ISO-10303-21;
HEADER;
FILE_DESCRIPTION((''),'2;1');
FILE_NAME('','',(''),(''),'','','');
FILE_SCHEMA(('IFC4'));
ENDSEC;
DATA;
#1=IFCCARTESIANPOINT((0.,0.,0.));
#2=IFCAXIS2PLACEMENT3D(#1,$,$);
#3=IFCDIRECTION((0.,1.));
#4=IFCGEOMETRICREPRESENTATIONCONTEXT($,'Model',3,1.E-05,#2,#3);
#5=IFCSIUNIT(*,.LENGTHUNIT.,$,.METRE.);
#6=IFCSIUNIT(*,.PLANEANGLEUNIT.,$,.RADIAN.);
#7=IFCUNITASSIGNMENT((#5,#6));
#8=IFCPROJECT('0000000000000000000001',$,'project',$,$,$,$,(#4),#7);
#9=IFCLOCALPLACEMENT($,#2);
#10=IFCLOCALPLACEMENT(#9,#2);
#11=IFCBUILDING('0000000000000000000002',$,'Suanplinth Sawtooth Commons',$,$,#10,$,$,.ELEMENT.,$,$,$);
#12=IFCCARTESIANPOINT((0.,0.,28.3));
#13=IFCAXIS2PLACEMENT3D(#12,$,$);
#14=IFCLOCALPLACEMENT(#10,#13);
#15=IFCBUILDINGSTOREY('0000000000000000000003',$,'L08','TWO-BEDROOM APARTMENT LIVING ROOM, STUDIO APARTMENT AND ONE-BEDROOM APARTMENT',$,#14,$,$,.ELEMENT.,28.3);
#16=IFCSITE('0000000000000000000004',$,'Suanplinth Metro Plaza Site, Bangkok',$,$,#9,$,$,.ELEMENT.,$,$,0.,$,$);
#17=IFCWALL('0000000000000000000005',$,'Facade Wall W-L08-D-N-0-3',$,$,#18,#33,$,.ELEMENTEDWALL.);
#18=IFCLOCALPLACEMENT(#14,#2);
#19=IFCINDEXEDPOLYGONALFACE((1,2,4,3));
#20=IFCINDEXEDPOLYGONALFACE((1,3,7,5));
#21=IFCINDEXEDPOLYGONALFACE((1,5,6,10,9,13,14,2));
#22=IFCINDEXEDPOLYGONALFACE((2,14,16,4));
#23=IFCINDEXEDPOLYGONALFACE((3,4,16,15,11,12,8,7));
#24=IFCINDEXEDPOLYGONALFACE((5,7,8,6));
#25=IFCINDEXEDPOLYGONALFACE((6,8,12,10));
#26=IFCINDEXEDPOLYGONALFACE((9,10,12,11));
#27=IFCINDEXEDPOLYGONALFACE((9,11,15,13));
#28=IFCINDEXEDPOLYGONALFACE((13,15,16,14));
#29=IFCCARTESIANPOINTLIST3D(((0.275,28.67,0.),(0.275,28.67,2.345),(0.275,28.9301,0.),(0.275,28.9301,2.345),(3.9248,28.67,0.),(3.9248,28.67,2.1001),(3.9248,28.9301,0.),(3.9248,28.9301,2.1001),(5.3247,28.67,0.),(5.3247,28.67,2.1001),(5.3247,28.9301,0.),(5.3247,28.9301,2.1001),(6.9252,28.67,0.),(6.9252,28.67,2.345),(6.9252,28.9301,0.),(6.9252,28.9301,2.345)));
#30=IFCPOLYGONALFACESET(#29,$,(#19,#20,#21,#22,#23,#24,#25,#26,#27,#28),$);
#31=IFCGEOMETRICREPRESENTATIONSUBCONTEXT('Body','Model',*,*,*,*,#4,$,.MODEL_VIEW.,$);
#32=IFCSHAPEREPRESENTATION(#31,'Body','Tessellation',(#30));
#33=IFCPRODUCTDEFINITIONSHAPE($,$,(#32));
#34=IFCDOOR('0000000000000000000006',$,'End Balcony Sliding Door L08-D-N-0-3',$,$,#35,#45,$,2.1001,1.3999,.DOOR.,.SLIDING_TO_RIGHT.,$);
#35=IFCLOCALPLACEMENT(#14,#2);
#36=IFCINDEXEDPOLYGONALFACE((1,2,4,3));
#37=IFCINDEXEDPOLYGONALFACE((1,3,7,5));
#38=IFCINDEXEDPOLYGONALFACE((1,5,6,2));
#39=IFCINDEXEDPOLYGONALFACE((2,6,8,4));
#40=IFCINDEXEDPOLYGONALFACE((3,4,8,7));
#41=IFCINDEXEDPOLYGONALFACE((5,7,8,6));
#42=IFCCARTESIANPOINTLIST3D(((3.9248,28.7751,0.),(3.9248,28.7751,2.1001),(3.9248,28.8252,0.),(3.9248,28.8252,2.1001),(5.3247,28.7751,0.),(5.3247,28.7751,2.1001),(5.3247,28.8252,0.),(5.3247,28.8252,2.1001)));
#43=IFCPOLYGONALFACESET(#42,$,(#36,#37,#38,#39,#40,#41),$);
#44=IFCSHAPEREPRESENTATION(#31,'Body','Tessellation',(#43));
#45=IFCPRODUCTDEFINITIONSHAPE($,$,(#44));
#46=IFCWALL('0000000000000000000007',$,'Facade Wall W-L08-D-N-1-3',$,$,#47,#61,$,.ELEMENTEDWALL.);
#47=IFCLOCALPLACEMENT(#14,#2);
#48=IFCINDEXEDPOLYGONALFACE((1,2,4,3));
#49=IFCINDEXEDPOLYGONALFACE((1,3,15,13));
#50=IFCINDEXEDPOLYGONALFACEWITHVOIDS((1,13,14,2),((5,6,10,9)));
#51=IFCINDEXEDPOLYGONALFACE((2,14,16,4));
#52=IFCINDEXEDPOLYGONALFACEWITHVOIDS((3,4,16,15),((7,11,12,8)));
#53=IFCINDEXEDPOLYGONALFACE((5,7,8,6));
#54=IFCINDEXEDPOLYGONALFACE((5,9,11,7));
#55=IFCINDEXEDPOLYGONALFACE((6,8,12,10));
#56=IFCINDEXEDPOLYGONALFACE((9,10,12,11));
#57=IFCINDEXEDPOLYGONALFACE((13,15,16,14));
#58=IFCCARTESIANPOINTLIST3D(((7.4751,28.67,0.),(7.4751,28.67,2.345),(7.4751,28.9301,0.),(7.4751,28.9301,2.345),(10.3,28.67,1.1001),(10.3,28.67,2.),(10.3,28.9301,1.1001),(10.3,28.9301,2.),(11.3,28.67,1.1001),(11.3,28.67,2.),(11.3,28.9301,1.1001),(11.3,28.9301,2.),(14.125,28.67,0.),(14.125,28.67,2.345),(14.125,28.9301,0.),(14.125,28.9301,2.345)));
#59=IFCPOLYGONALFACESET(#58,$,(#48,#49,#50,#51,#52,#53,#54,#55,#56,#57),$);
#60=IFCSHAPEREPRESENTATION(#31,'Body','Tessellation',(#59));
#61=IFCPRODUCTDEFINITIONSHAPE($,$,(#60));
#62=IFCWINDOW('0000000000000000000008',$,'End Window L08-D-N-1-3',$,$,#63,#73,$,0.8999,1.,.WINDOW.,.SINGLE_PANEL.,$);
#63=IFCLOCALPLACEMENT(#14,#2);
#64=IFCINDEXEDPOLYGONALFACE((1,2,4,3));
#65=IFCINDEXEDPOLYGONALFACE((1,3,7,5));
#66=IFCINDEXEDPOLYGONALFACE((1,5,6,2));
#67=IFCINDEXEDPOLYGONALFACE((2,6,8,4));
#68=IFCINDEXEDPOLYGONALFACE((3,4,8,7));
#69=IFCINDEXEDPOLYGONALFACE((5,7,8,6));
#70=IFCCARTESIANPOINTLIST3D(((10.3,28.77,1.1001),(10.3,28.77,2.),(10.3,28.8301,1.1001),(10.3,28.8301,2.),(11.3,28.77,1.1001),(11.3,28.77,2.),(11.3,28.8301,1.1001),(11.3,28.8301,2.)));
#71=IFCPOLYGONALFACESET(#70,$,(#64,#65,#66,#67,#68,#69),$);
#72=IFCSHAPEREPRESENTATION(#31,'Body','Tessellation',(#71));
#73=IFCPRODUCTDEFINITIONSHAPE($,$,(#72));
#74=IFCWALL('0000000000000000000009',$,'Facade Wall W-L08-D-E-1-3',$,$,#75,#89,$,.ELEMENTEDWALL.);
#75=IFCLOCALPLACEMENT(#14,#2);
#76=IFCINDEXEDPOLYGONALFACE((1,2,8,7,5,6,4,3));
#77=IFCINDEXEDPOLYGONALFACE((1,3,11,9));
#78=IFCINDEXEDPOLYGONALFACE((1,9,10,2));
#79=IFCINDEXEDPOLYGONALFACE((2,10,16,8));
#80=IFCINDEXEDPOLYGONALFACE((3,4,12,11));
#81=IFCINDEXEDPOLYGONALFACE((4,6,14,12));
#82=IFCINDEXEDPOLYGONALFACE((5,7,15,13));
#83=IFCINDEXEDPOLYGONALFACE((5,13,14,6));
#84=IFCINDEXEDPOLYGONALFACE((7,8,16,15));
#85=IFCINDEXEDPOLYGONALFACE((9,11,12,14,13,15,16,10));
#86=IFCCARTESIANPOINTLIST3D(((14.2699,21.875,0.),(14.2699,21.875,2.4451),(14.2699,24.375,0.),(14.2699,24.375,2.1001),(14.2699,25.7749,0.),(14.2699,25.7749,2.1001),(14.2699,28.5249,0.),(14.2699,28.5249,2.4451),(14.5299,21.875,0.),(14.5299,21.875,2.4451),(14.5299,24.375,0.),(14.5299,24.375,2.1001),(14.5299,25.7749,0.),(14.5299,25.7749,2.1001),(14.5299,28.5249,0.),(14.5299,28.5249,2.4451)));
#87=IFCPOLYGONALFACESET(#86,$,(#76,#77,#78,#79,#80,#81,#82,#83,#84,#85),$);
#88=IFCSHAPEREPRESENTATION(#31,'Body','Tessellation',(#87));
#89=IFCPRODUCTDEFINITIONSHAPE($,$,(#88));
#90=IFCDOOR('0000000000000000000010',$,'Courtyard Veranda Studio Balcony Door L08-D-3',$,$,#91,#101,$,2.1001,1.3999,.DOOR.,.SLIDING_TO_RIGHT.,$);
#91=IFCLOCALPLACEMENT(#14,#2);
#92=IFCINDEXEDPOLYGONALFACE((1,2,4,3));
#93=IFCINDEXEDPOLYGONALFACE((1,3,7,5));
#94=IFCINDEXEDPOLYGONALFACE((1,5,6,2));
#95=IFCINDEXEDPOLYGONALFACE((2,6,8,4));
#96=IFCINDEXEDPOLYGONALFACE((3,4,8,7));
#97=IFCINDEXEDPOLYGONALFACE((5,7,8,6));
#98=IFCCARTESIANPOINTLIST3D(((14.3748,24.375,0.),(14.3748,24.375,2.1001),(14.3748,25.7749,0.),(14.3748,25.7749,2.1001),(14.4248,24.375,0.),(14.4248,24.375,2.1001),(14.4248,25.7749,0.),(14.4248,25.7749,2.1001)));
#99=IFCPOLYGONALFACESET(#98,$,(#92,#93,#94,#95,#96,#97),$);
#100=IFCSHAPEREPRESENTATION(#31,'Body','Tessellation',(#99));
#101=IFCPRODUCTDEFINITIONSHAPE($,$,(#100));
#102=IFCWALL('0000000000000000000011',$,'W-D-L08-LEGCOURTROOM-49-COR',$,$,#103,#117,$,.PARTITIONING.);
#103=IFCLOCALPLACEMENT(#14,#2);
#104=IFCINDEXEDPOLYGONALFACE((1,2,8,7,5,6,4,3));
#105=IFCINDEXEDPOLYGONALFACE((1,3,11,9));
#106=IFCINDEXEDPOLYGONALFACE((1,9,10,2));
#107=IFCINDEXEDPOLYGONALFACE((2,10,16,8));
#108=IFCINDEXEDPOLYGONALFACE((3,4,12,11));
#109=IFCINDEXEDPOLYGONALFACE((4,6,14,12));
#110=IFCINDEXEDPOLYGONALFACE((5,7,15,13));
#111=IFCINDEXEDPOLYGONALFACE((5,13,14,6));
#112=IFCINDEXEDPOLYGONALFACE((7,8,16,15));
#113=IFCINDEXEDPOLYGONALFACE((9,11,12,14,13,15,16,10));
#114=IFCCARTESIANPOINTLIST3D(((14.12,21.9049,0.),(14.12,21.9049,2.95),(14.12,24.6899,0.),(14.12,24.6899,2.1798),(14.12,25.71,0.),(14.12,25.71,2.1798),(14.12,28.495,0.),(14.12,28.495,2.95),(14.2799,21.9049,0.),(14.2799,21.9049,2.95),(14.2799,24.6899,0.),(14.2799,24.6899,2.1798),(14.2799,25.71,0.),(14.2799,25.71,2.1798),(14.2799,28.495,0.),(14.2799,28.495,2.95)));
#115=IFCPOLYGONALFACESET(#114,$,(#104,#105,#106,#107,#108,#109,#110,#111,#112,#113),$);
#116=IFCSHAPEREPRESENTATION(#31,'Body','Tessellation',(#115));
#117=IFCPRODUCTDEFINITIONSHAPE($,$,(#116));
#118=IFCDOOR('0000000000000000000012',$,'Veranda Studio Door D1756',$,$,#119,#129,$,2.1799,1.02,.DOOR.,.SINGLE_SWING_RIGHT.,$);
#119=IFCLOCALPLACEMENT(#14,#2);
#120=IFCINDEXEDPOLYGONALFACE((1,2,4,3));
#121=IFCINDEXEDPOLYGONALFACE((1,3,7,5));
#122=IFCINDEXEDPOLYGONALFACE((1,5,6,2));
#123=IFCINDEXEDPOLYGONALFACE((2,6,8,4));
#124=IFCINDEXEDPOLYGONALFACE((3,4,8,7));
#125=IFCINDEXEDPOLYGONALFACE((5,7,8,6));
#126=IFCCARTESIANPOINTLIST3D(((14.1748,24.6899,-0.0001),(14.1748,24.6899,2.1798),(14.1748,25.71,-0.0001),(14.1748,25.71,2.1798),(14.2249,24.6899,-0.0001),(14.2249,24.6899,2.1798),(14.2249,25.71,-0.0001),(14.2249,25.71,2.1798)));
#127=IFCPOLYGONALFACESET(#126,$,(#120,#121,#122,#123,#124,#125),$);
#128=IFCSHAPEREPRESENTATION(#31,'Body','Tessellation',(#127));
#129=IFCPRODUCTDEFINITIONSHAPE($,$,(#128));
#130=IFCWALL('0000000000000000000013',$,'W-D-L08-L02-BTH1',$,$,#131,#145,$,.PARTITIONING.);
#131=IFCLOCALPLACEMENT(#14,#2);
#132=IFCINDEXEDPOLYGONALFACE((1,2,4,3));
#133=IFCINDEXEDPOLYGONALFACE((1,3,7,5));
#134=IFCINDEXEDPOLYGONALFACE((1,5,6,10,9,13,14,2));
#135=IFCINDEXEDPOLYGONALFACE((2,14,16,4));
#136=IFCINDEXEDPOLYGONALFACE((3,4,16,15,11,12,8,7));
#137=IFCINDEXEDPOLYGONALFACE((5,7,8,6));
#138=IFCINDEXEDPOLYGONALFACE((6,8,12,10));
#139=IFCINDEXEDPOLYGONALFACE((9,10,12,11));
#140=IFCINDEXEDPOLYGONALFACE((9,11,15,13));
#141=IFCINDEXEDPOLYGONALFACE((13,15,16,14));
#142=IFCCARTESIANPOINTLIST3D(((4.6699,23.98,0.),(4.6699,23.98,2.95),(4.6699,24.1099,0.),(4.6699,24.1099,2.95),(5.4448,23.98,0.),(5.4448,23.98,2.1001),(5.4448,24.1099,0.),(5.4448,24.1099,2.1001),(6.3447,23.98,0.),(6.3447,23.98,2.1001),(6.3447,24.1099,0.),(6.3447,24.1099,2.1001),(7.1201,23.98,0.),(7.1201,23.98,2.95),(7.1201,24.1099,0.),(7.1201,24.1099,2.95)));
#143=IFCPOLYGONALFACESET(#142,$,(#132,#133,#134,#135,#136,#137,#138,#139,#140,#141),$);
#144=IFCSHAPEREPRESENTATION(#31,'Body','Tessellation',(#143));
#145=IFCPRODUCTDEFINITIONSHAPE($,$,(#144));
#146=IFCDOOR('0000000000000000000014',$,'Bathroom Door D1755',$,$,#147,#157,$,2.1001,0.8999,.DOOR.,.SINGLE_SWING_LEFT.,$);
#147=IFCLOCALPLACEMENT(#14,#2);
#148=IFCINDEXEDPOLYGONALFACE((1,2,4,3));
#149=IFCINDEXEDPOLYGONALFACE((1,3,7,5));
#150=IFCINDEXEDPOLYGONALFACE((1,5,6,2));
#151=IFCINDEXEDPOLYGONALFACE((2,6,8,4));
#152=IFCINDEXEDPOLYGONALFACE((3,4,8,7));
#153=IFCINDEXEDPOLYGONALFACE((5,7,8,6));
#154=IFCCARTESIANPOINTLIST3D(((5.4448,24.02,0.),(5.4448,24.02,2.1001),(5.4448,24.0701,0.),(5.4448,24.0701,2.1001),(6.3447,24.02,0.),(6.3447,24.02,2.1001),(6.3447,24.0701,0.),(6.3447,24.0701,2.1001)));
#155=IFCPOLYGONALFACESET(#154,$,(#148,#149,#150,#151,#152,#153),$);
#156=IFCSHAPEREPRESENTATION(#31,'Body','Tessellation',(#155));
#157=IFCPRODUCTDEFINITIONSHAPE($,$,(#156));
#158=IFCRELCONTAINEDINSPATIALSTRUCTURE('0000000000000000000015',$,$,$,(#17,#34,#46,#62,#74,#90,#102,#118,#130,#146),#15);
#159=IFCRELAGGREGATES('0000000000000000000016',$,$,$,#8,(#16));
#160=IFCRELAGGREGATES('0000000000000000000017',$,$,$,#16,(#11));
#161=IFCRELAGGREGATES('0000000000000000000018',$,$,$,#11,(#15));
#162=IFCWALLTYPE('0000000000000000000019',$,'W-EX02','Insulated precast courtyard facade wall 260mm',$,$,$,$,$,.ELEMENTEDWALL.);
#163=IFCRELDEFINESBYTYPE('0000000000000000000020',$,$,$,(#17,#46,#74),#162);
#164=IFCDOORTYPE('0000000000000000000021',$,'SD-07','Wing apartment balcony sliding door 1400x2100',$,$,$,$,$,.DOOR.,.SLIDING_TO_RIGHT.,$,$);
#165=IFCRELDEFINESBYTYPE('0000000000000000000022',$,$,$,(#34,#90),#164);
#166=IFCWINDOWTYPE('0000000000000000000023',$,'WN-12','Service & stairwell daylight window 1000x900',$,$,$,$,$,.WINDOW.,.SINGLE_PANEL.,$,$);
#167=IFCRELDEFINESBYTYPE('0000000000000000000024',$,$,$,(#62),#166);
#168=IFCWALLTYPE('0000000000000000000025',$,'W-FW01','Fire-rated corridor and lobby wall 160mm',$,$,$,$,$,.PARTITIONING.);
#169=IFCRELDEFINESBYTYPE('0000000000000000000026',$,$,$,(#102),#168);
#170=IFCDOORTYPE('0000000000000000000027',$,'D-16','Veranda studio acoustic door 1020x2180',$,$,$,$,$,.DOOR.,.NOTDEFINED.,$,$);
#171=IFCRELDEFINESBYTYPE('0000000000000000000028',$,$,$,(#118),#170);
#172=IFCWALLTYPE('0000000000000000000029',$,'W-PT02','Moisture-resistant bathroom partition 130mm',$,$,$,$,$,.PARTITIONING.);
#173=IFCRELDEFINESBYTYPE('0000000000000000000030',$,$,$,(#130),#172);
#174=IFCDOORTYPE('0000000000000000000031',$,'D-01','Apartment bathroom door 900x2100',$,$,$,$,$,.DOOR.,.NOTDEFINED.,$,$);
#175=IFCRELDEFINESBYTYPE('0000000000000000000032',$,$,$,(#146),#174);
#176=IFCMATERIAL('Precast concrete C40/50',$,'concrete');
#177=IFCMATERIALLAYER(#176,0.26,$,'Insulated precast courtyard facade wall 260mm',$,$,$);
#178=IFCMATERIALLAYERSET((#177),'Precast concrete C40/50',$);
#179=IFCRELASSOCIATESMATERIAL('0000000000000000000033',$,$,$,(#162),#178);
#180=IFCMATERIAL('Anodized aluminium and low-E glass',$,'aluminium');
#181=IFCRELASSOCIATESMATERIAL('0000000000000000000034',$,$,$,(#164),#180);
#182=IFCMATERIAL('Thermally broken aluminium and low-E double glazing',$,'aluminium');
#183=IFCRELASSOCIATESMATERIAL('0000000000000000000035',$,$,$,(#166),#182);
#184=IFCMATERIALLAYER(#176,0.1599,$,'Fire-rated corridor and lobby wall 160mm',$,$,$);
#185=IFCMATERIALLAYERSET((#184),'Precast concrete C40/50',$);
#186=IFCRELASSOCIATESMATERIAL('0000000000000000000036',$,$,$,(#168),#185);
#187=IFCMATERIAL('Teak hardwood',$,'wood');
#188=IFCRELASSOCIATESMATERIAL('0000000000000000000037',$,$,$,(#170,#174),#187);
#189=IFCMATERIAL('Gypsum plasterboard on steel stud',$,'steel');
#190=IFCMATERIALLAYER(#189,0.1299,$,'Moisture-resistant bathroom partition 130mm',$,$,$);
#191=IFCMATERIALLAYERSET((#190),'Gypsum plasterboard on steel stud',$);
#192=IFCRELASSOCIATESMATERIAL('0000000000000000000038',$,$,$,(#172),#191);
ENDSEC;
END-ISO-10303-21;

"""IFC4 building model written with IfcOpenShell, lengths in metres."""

from ifc_helpers import new_model, si_unit, direction, frame, frame_2d, origin, place, context, subcontext, project, spatial, rectangle, extrude, material, layer, layer_set, type_object, element, fill, save


model = new_model("IFC4")

# Units and contexts
model_context = context("Model", 3, precision=1e-05, world=origin(), true_north=direction((0.0, 1.0)))
body_context = subcontext(model_context, "Body", "Model", "MODEL_VIEW")
ifc_project = project(units=[si_unit("LENGTHUNIT", "METRE"), si_unit("PLANEANGLEUNIT", "RADIAN")], contexts=[model_context])

# Site, building, storey
site_placement = place(None, origin())
site = spatial("IfcSite", under=ifc_project, at=site_placement, Name="Suanplinth Metro Plaza Site, Bangkok", CompositionType="ELEMENT", RefElevation=0.0)
building_placement = place(site_placement, origin())
building = spatial("IfcBuilding", under=site, at=building_placement, Name="Suanplinth Sawtooth Commons", CompositionType="ELEMENT")
storey_placement = place(building_placement, frame((0.0, 0.0, 28.3)))
storey = spatial("IfcBuildingStorey", under=building, at=storey_placement, Name="L08", Description="TWO-BEDROOM APARTMENT LIVING ROOM, STUDIO APARTMENT AND ONE-BEDROOM APARTMENT", CompositionType="ELEMENT", Elevation=28.3)

# Shared definitions
ifc_material_1 = material(Name="Precast concrete C40/50", Category="concrete")

# Wall, opening, door
ifc_layer_1 = layer(ifc_material_1, 0.26, Name="Insulated precast courtyard facade wall 260mm")
ifc_layer_set_1 = layer_set([ifc_layer_1], Name="Precast concrete C40/50")
wall_type_1 = type_object("IfcWallType", Name="W-EX02", Description="Insulated precast courtyard facade wall 260mm", PredefinedType="ELEMENTEDWALL", material=ifc_layer_set_1)
wall_1_placement = place(storey_placement, frame((0.2749, 28.8, 0.0), z_axis=(0.0, 0.0, 1.0), x_axis=(1.0, 0.0, 0.0)))
wall_1 = element("IfcWall", 1, at=wall_1_placement, inside=storey, type_object=wall_type_1, Name="Facade Wall W-L08-D-N-0-3", PredefinedType="ELEMENTEDWALL", context=body_context, shape_type="SweptSolid", body=[
    extrude(rectangle(XDim=6.6501, YDim=0.26, at=frame_2d((3.3252, 0.0))), origin(), (0.0, 0.0, 1.0), 2.345),
])
opening_1_placement = place(wall_1_placement, frame((3.6499, 0.0, 0.0)))
opening_1 = element("IfcOpeningElement", 2, at=opening_1_placement, cuts=wall_1, PredefinedType="OPENING", context=body_context, shape_type="SweptSolid", body=[
    extrude(rectangle(XDim=1.3999, YDim=2.1001, at=frame_2d((0.7, 1.05))), frame((0.0, 0.145, 0.0), z_axis=(0.0, -1.0, 0.0), x_axis=(1.0, 0.0, 0.0)), (0.0, 0.0, 1.0), 0.2898),
])
ifc_material_2 = material(Name="Anodized aluminium and low-E glass", Category="aluminium")
door_type_1 = type_object("IfcDoorType", Name="SD-07", Description="Wing apartment balcony sliding door 1400x2100", OperationType="SLIDING_TO_RIGHT", PredefinedType="DOOR", material=ifc_material_2)
door_1_placement = place(opening_1_placement, frame((1.3999, 0.0, 0.0), z_axis=(0.0, 0.0, 1.0), x_axis=(-1.0, 0.0, 0.0)))
door_1 = element("IfcDoor", 3, at=door_1_placement, inside=storey, type_object=door_type_1, Name="End Balcony Sliding Door L08-D-N-0-3", OperationType="SLIDING_TO_RIGHT", OverallHeight=2.1001, OverallWidth=1.3999, PredefinedType="DOOR", context=body_context, shape_type="SweptSolid", body=[
    extrude(rectangle(XDim=1.3999, YDim=2.1001, at=frame_2d((0.7, 1.05))), frame((0.0, 0.0249, 0.0), z_axis=(0.0, -1.0, 0.0), x_axis=(1.0, 0.0, 0.0)), (0.0, 0.0, 1.0), 0.05),
])
fill(opening_1, door_1)

# Wall, opening, window
wall_2_placement = place(storey_placement, frame((7.4751, 28.8, 0.0), z_axis=(0.0, 0.0, 1.0), x_axis=(1.0, 0.0, 0.0)))
wall_2 = element("IfcWall", 4, at=wall_2_placement, inside=storey, type_object=wall_type_1, Name="Facade Wall W-L08-D-N-1-3", PredefinedType="ELEMENTEDWALL", context=body_context, shape_type="SweptSolid", body=[
    extrude(rectangle(XDim=6.6499, YDim=0.26, at=frame_2d((3.325, 0.0))), origin(), (0.0, 0.0, 1.0), 2.345),
])
opening_2_placement = place(wall_2_placement, frame((2.825, 0.0, 1.1001)))
opening_2 = element("IfcOpeningElement", 5, at=opening_2_placement, cuts=wall_2, PredefinedType="OPENING", context=body_context, shape_type="SweptSolid", body=[
    extrude(rectangle(XDim=1.0, YDim=0.8999, at=frame_2d((0.5, 0.45))), frame((0.0, 0.145, 0.0), z_axis=(0.0, -1.0, 0.0), x_axis=(1.0, 0.0, 0.0)), (0.0, 0.0, 1.0), 0.2898),
])
ifc_material_3 = material(Name="Thermally broken aluminium and low-E double glazing", Category="aluminium")
window_type = type_object("IfcWindowType", Name="WN-12", Description="Service & stairwell daylight window 1000x900", PartitioningType="SINGLE_PANEL", PredefinedType="WINDOW", material=ifc_material_3)
window_placement = place(opening_2_placement, origin())
window = element("IfcWindow", 6, at=window_placement, inside=storey, type_object=window_type, Name="End Window L08-D-N-1-3", OverallHeight=0.8999, OverallWidth=1.0, PartitioningType="SINGLE_PANEL", PredefinedType="WINDOW", context=body_context, shape_type="SweptSolid", body=[
    extrude(rectangle(XDim=1.0, YDim=0.8999, at=frame_2d((0.5, 0.45))), frame((0.0, 0.03, 0.0), z_axis=(0.0, -1.0, 0.0), x_axis=(1.0, 0.0, 0.0)), (0.0, 0.0, 1.0), 0.0601),
])
fill(opening_2, window)

# Walls, openings, doors
wall_3_placement = place(storey_placement, frame((14.3999, 21.875, 0.0), z_axis=(0.0, 0.0, 1.0), x_axis=(0.0, 1.0, 0.0)))
wall_3 = element("IfcWall", 7, at=wall_3_placement, inside=storey, type_object=wall_type_1, Name="Facade Wall W-L08-D-E-1-3", PredefinedType="ELEMENTEDWALL", context=body_context, shape_type="SweptSolid", body=[
    extrude(rectangle(XDim=6.6499, YDim=0.26, at=frame_2d((3.325, 0.0))), origin(), (0.0, 0.0, 1.0), 2.4451),
])
opening_3_placement = place(wall_3_placement, frame((2.5, 0.0, 0.0)))
opening_3 = element("IfcOpeningElement", 8, at=opening_3_placement, cuts=wall_3, PredefinedType="OPENING", context=body_context, shape_type="SweptSolid", body=[
    extrude(rectangle(XDim=1.3999, YDim=2.1001, at=frame_2d((0.7, 1.05))), frame((0.0, 0.145, 0.0), z_axis=(0.0, -1.0, 0.0), x_axis=(1.0, 0.0, 0.0)), (0.0, 0.0, 1.0), 0.2898),
])
door_2_placement = place(opening_3_placement, frame((1.3999, 0.0, 0.0), z_axis=(0.0, 0.0, 1.0), x_axis=(-1.0, 0.0, 0.0)))
door_2 = element("IfcDoor", 9, at=door_2_placement, inside=storey, type_object=door_type_1, Name="Courtyard Veranda Studio Balcony Door L08-D-3", OperationType="SLIDING_TO_RIGHT", OverallHeight=2.1001, OverallWidth=1.3999, PredefinedType="DOOR", context=body_context, shape_type="SweptSolid", body=[
    extrude(rectangle(XDim=1.3999, YDim=2.1001, at=frame_2d((0.7, 1.05))), frame((0.0, 0.0249, 0.0), z_axis=(0.0, -1.0, 0.0), x_axis=(1.0, 0.0, 0.0)), (0.0, 0.0, 1.0), 0.05),
])
fill(opening_3, door_2)
ifc_layer_2 = layer(ifc_material_1, 0.1599, Name="Fire-rated corridor and lobby wall 160mm")
ifc_layer_set_2 = layer_set([ifc_layer_2], Name="Precast concrete C40/50")
wall_type_2 = type_object("IfcWallType", Name="W-FW01", Description="Fire-rated corridor and lobby wall 160mm", PredefinedType="PARTITIONING", material=ifc_layer_set_2)
wall_4_placement = place(storey_placement, frame((14.2, 21.905, 0.0), z_axis=(0.0, 0.0, 1.0), x_axis=(0.0, 1.0, 0.0)))
wall_4 = element("IfcWall", 10, at=wall_4_placement, inside=storey, type_object=wall_type_2, Name="W-D-L08-LEGCOURTROOM-49-COR", PredefinedType="PARTITIONING", context=body_context, shape_type="SweptSolid", body=[
    extrude(rectangle(XDim=6.5901, YDim=0.1599, at=frame_2d((3.2949, 0.0))), origin(), (0.0, 0.0, 1.0), 2.95),
])
opening_4_placement = place(wall_4_placement, frame((2.7849, 0.0, 0.0)))
opening_4 = element("IfcOpeningElement", 11, at=opening_4_placement, cuts=wall_4, PredefinedType="OPENING", context=body_context, shape_type="SweptSolid", body=[
    extrude(rectangle(XDim=1.02, YDim=2.1799, at=frame_2d((0.51, 1.0898))), frame((0.0, 0.0947, 0.0), z_axis=(0.0, -1.0, 0.0), x_axis=(1.0, 0.0, 0.0)), (0.0, 0.0, 1.0), 0.1897),
])
ifc_material_4 = material(Name="Teak hardwood", Category="wood")
door_type_2 = type_object("IfcDoorType", Name="D-16", Description="Veranda studio acoustic door 1020x2180", OperationType="NOTDEFINED", PredefinedType="DOOR", material=ifc_material_4)
door_3_placement = place(opening_4_placement, frame((1.02, 0.0, 0.0), z_axis=(0.0, 0.0, 1.0), x_axis=(-1.0, 0.0, 0.0)))
door_3 = element("IfcDoor", 12, at=door_3_placement, inside=storey, type_object=door_type_2, Name="Veranda Studio Door D1756", OperationType="SINGLE_SWING_RIGHT", OverallHeight=2.1799, OverallWidth=1.02, PredefinedType="DOOR", context=body_context, shape_type="SweptSolid", body=[
    extrude(rectangle(XDim=1.02, YDim=2.1799, at=frame_2d((0.51, 1.0898))), frame((0.0, 0.0249, 0.0), z_axis=(0.0, -1.0, 0.0), x_axis=(1.0, 0.0, 0.0)), (0.0, 0.0, 1.0), 0.05),
])
fill(opening_4, door_3)
ifc_material_5 = material(Name="Gypsum plasterboard on steel stud", Category="steel")
ifc_layer_3 = layer(ifc_material_5, 0.1299, Name="Moisture-resistant bathroom partition 130mm")
ifc_layer_set_3 = layer_set([ifc_layer_3], Name="Gypsum plasterboard on steel stud")
wall_type_3 = type_object("IfcWallType", Name="W-PT02", Description="Moisture-resistant bathroom partition 130mm", PredefinedType="PARTITIONING", material=ifc_layer_set_3)
wall_5_placement = place(storey_placement, frame((4.6699, 24.0449, 0.0), z_axis=(0.0, 0.0, 1.0), x_axis=(1.0, 0.0, 0.0)))
wall_5 = element("IfcWall", 13, at=wall_5_placement, inside=storey, type_object=wall_type_3, Name="W-D-L08-L02-BTH1", PredefinedType="PARTITIONING", context=body_context, shape_type="SweptSolid", body=[
    extrude(rectangle(XDim=2.4502, YDim=0.1299, at=frame_2d((1.2251, 0.0))), origin(), (0.0, 0.0, 1.0), 2.95),
])
opening_5_placement = place(wall_5_placement, frame((0.7749, 0.0, 0.0)))
opening_5 = element("IfcOpeningElement", 14, at=opening_5_placement, cuts=wall_5, PredefinedType="OPENING", context=body_context, shape_type="SweptSolid", body=[
    extrude(rectangle(XDim=0.8999, YDim=2.1001, at=frame_2d((0.45, 1.05))), frame((0.0, 0.0798, 0.0), z_axis=(0.0, -1.0, 0.0), x_axis=(1.0, 0.0, 0.0)), (0.0, 0.0, 1.0), 0.1597),
])
door_type_3 = type_object("IfcDoorType", Name="D-01", Description="Apartment bathroom door 900x2100", OperationType="NOTDEFINED", PredefinedType="DOOR", material=ifc_material_4)
door_4_placement = place(opening_5_placement, frame((0.8999, 0.0, 0.0), z_axis=(0.0, 0.0, 1.0), x_axis=(-1.0, 0.0, 0.0)))
door_4 = element("IfcDoor", 15, at=door_4_placement, inside=storey, type_object=door_type_3, Name="Bathroom Door D1755", OperationType="SINGLE_SWING_LEFT", OverallHeight=2.1001, OverallWidth=0.8999, PredefinedType="DOOR", context=body_context, shape_type="SweptSolid", body=[
    extrude(rectangle(XDim=0.8999, YDim=2.1001, at=frame_2d((0.45, 1.05))), frame((0.0, 0.0249, 0.0), z_axis=(0.0, -1.0, 0.0), x_axis=(1.0, 0.0, 0.0)), (0.0, 0.0, 1.0), 0.05),
])
fill(opening_5, door_4)

save(model, "model.ifc")
